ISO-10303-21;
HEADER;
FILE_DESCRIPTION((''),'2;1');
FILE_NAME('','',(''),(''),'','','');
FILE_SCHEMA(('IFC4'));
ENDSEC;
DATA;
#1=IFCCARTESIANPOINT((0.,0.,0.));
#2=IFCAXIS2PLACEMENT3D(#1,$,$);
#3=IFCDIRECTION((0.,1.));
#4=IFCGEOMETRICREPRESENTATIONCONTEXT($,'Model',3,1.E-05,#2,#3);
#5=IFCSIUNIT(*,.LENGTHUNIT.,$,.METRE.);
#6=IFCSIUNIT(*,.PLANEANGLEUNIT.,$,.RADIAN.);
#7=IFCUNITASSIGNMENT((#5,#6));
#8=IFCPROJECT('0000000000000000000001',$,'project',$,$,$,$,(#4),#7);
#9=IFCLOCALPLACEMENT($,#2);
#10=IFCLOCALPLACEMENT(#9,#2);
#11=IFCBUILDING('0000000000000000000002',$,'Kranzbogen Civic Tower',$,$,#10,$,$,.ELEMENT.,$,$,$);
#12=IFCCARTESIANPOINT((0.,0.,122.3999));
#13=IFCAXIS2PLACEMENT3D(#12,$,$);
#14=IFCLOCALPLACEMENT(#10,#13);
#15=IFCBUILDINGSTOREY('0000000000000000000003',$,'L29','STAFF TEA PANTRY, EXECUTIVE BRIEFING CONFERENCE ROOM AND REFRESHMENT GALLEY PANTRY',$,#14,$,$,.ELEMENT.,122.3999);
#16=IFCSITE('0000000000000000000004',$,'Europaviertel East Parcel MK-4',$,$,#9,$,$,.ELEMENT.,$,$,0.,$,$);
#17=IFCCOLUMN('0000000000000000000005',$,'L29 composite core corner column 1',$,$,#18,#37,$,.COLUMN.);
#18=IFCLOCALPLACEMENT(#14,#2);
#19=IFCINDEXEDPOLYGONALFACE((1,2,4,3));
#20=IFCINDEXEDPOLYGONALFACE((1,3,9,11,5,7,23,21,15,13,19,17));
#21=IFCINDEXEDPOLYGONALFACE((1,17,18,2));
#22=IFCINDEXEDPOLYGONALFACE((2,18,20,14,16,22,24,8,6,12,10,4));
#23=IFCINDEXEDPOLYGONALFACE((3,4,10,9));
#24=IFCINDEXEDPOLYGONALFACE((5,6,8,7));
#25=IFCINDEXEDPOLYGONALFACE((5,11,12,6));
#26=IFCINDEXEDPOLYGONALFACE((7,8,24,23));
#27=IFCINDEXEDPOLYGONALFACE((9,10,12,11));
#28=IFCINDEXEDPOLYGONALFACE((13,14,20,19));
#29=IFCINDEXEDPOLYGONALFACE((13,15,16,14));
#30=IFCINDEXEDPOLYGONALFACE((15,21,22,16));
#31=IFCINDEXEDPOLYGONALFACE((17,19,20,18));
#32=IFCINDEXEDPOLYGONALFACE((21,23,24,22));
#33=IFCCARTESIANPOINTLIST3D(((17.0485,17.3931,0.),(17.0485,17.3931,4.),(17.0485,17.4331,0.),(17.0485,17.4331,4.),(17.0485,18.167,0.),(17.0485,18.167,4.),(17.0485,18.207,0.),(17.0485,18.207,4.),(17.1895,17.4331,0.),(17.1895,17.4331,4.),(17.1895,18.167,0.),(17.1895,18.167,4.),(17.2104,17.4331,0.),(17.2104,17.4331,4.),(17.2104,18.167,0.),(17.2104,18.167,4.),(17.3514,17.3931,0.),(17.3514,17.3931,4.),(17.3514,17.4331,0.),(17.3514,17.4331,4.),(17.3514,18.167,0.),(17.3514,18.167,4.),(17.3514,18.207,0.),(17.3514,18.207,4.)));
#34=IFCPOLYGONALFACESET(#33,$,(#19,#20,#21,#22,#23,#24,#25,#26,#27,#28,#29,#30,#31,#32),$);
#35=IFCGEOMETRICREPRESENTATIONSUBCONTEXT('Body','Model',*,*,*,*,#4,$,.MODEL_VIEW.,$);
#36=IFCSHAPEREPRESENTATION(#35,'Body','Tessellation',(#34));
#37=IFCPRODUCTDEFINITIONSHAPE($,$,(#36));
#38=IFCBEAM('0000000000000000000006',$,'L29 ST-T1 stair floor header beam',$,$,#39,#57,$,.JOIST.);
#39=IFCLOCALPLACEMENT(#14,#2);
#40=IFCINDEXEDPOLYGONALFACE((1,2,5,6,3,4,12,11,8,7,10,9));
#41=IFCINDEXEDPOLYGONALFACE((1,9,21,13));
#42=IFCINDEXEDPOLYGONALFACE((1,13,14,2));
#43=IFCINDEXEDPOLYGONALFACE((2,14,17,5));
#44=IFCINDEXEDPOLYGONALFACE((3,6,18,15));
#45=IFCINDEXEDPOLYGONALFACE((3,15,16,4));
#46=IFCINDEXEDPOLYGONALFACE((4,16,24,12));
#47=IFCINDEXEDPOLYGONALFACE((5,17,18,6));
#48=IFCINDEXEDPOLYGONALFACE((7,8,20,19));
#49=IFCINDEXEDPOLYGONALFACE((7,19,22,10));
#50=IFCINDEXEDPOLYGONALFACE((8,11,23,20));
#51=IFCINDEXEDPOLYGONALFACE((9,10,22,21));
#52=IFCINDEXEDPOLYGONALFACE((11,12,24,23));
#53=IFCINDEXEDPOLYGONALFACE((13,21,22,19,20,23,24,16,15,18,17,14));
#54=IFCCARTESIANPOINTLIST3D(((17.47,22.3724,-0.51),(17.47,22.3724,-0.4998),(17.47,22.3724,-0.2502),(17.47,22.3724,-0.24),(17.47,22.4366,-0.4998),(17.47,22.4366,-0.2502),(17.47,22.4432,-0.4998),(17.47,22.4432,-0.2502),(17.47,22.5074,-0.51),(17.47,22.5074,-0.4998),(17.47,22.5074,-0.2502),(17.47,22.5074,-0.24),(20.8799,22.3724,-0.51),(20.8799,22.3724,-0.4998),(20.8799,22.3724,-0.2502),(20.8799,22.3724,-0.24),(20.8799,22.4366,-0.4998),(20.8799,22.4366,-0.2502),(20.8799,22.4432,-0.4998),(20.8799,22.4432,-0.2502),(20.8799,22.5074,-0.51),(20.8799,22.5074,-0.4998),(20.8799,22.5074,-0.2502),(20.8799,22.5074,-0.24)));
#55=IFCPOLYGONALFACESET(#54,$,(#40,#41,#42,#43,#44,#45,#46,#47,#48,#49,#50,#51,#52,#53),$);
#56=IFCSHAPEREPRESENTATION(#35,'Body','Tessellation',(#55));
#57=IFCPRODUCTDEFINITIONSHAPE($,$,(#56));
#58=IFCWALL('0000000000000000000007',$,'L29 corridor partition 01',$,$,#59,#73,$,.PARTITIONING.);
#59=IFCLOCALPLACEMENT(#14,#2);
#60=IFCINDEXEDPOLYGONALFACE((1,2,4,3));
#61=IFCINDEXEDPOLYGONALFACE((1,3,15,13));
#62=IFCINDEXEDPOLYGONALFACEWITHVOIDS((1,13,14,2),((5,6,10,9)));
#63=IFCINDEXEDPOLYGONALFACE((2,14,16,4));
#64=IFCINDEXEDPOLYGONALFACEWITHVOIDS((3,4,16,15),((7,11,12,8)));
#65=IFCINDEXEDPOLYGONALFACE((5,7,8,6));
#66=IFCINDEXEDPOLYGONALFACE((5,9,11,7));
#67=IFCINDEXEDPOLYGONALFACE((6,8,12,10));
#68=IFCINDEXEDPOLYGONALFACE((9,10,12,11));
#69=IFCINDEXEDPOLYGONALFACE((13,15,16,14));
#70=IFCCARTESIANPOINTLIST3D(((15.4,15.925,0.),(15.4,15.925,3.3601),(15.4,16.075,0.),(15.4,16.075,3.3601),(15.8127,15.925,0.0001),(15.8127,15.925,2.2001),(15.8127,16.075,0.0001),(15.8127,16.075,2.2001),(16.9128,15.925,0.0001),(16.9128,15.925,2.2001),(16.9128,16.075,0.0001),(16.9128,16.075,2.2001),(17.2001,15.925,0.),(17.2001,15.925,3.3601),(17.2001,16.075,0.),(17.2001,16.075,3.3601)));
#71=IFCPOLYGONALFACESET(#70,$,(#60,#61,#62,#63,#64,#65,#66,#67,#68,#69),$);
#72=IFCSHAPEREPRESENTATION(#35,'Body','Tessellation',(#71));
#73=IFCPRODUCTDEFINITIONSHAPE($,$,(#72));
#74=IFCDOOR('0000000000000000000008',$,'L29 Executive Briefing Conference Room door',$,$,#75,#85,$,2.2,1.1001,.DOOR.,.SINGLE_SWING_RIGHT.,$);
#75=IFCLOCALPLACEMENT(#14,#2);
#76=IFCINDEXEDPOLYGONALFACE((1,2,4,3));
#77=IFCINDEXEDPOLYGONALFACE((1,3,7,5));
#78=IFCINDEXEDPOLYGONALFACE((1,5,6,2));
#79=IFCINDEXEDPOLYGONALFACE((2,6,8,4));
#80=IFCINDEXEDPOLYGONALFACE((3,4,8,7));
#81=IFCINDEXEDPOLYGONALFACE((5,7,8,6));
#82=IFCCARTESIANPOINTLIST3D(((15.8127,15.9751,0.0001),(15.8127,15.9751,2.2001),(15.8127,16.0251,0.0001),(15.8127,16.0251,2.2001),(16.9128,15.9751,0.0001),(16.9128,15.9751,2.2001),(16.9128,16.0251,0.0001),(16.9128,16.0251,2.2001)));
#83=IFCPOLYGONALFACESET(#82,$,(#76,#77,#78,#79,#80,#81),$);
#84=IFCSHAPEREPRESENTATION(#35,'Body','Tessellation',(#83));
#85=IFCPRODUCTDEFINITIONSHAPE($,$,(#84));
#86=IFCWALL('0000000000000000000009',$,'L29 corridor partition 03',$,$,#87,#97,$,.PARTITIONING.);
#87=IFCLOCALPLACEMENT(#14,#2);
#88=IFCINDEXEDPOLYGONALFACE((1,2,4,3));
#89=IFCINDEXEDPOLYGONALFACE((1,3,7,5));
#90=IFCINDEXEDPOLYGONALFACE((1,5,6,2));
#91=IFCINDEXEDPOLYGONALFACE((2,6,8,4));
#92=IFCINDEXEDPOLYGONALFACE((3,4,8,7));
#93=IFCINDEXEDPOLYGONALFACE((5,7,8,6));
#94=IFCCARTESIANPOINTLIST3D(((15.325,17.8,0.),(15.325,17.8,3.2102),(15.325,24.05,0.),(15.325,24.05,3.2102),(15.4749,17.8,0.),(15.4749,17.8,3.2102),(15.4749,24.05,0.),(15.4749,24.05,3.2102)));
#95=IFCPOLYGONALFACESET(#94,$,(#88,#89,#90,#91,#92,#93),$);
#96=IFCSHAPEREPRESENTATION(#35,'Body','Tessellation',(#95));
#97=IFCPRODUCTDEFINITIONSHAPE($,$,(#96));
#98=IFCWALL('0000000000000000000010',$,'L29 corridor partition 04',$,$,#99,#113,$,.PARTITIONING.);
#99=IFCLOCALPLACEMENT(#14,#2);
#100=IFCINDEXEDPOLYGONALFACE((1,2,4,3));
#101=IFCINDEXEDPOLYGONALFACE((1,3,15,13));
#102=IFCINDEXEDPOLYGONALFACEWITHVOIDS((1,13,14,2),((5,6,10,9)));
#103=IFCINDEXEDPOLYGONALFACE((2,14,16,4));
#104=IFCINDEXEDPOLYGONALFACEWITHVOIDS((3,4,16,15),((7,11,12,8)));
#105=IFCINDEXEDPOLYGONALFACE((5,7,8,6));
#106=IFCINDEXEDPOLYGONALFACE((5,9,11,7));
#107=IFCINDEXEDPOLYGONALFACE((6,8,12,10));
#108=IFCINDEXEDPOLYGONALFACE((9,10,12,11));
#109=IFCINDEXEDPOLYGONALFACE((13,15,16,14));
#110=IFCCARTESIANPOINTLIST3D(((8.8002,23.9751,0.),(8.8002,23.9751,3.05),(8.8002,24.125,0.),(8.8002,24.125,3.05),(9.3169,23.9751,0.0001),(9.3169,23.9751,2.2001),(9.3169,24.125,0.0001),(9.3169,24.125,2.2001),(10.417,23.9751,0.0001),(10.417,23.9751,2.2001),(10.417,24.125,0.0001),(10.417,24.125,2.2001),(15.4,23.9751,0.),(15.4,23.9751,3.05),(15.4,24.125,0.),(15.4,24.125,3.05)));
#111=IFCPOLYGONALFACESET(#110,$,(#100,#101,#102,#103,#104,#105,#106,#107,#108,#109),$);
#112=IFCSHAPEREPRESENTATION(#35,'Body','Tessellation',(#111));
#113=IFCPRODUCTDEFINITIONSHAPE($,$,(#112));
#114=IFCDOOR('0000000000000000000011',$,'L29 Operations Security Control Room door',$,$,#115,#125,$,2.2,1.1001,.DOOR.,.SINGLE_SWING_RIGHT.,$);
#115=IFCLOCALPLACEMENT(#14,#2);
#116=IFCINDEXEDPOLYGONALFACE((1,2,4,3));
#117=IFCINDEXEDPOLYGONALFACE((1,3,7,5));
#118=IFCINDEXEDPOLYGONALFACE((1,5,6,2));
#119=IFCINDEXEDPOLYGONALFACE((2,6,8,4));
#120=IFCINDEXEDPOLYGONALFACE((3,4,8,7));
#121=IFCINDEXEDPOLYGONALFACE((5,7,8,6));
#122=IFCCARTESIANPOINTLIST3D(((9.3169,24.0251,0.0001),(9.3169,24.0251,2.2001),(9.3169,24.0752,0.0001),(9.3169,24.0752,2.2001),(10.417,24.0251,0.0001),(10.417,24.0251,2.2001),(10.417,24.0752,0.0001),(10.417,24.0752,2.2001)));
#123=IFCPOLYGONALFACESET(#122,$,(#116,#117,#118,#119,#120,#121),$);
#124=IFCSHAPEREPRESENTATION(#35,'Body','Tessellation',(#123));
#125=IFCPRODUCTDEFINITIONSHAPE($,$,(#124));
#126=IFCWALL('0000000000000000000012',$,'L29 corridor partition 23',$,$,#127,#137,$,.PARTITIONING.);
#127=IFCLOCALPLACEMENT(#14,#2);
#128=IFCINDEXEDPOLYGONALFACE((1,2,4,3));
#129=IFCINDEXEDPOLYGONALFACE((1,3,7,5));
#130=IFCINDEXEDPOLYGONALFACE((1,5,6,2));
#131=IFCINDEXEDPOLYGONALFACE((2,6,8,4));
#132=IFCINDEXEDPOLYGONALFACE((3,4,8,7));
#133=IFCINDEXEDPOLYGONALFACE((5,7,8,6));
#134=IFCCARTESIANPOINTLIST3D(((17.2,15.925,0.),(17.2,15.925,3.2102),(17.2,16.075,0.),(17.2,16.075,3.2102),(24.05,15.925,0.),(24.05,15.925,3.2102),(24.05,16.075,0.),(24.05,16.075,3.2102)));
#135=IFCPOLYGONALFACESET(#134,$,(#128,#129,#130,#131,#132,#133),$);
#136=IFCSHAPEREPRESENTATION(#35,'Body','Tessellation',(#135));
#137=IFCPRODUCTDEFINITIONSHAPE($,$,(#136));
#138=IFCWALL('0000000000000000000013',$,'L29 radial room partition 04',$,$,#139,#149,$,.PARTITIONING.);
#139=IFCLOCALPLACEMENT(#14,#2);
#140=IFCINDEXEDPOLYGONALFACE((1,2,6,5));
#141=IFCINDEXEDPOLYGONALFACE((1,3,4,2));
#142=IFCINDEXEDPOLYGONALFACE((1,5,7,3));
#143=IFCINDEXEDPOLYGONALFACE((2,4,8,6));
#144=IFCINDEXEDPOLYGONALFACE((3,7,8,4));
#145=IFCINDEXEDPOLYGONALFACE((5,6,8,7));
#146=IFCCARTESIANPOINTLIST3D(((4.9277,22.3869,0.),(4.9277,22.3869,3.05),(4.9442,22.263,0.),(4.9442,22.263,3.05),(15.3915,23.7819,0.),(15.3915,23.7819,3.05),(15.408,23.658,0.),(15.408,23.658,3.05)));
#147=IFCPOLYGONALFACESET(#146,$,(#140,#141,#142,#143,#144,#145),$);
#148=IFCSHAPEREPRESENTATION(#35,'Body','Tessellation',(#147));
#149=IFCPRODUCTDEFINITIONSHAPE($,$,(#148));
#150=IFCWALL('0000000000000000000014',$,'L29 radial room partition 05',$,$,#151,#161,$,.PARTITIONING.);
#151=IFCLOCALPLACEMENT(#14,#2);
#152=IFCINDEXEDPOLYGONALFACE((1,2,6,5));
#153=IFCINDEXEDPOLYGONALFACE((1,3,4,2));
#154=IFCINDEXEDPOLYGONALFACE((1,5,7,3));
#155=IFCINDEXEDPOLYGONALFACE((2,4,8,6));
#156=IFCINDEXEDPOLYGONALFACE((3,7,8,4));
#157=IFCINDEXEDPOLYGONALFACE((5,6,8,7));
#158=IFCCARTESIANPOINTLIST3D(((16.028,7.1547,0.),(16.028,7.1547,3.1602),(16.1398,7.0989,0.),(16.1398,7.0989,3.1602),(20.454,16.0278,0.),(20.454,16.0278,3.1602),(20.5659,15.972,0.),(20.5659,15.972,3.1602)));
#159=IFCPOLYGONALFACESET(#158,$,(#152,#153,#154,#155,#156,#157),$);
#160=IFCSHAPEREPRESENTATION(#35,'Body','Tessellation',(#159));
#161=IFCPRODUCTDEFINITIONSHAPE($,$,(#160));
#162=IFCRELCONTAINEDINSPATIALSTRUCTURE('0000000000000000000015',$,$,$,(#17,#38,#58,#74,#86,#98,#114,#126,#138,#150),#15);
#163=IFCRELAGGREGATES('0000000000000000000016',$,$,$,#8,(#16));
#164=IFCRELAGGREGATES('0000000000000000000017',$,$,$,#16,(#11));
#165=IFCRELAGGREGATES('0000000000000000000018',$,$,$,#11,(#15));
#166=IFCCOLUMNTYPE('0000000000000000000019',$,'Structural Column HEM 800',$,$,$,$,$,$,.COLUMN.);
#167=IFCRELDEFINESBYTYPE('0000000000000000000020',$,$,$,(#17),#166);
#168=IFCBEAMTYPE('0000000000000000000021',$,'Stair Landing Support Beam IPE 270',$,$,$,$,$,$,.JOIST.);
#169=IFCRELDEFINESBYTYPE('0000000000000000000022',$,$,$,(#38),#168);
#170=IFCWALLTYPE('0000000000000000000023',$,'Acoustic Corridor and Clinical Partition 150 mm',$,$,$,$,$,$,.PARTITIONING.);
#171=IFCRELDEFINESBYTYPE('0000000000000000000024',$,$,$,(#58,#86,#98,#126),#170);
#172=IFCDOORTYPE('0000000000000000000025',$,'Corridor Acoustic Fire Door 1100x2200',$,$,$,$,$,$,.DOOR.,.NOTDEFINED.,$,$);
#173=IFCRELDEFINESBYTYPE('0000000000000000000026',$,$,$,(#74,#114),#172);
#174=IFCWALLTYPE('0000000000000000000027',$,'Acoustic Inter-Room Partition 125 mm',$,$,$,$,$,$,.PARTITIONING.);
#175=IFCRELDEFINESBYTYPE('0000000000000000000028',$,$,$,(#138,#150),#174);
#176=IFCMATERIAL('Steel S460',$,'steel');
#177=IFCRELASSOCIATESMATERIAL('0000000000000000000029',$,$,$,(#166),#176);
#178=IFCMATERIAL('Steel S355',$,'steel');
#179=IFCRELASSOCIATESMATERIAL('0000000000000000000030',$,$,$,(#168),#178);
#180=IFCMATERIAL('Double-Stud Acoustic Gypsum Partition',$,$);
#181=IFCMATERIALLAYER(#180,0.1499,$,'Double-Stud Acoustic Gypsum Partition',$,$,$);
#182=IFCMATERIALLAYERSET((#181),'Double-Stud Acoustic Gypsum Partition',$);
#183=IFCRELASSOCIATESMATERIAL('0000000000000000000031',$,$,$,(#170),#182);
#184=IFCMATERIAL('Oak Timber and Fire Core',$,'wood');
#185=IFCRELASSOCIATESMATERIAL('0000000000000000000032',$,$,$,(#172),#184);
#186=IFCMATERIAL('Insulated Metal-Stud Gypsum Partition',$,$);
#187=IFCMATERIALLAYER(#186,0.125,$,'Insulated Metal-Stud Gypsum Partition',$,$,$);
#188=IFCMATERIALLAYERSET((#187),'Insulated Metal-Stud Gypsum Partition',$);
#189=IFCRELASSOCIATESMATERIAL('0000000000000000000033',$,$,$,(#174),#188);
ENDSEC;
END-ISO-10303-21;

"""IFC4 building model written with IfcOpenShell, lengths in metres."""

from ifc_helpers import new_model, si_unit, direction, frame, frame_2d, origin, origin_2d, place, context, subcontext, project, spatial, rectangle, i_section, extrude, material, layer, layer_set, material_profile, profile_set, type_object, element, fill, save


model = new_model("IFC4")

# Units and contexts
model_context = context("Model", 3, precision=1e-05, world=origin(), true_north=direction((0.0, 1.0)))
body_context = subcontext(model_context, "Body", "Model", "MODEL_VIEW")
ifc_project = project(units=[si_unit("LENGTHUNIT", "METRE"), si_unit("PLANEANGLEUNIT", "RADIAN")], contexts=[model_context])

# Site, building, storey
site_placement = place(None, origin())
site = spatial("IfcSite", under=ifc_project, at=site_placement, Name="Europaviertel East Parcel MK-4", CompositionType="ELEMENT", RefElevation=0.0)
building_placement = place(site_placement, origin())
building = spatial("IfcBuilding", under=site, at=building_placement, Name="Kranzbogen Civic Tower", CompositionType="ELEMENT")
storey_placement = place(building_placement, frame((0.0, 0.0, 122.3999)))
storey = spatial("IfcBuildingStorey", under=building, at=storey_placement, Name="L29", Description="STAFF TEA PANTRY, EXECUTIVE BRIEFING CONFERENCE ROOM AND REFRESHMENT GALLEY PANTRY", CompositionType="ELEMENT", Elevation=122.3999)

# Column
ifc_material_1 = material(Name="Steel S460", Category="steel")
ifc_material_profile_1 = material_profile(ifc_material_1, i_section(OverallWidth=0.303, OverallDepth=0.814, WebThickness=0.021, FlangeThickness=0.04, at=origin_2d()), Name="HEM 800")
ifc_profile_set_1 = profile_set([ifc_material_profile_1], Name="Steel S460")
column_type = type_object("IfcColumnType", Name="Structural Column HEM 800", PredefinedType="COLUMN", material=ifc_profile_set_1)
column_placement = place(storey_placement, frame((17.2, 17.8, 0.0), z_axis=(0.0, 0.0, 1.0), x_axis=(1.0, 0.0, 0.0)))
element("IfcColumn", 1, at=column_placement, inside=storey, type_object=column_type, Name="L29 composite core corner column 1", PredefinedType="COLUMN", context=body_context, shape_type="SweptSolid", body=[
    extrude(i_section(OverallWidth=0.303, OverallDepth=0.814, WebThickness=0.021, FlangeThickness=0.04, at=origin_2d()), origin(), (0.0, 0.0, 1.0), 4.0),
])

# Beam
ifc_material_2 = material(Name="Steel S355", Category="steel")
ifc_material_profile_2 = material_profile(ifc_material_2, i_section(OverallWidth=0.135, OverallDepth=0.27, WebThickness=0.0066, FlangeThickness=0.0103, at=origin_2d()), Name="IPE 270")
ifc_profile_set_2 = profile_set([ifc_material_profile_2], Name="Steel S355")
beam_type = type_object("IfcBeamType", Name="Stair Landing Support Beam IPE 270", PredefinedType="JOIST", material=ifc_profile_set_2)
beam_placement = place(storey_placement, frame((20.8799, 22.4399, -0.375), z_axis=(-1.0, 0.0, 0.0), x_axis=(0.0, -1.0, 0.0)))
element("IfcBeam", 2, at=beam_placement, inside=storey, type_object=beam_type, Name="L29 ST-T1 stair floor header beam", PredefinedType="JOIST", context=body_context, shape_type="SweptSolid", body=[
    extrude(i_section(OverallWidth=0.135, OverallDepth=0.27, WebThickness=0.0066, FlangeThickness=0.0103, at=origin_2d()), origin(), (0.0, 0.0, 1.0), 3.4099),
])

# Wall, opening, door
ifc_material_3 = material(Name="Double-Stud Acoustic Gypsum Partition")
ifc_layer_1 = layer(ifc_material_3, 0.1499, Name="Double-Stud Acoustic Gypsum Partition")
ifc_layer_set_1 = layer_set([ifc_layer_1], Name="Double-Stud Acoustic Gypsum Partition")
wall_type_1 = type_object("IfcWallType", Name="Acoustic Corridor and Clinical Partition 150 mm", PredefinedType="PARTITIONING", material=ifc_layer_set_1)
wall_1_placement = place(storey_placement, frame((17.2, 16.0, 0.0), z_axis=(0.0, 0.0, 1.0), x_axis=(-1.0, 0.0, 0.0)))
wall_1 = element("IfcWall", 3, at=wall_1_placement, inside=storey, type_object=wall_type_1, Name="L29 corridor partition 01", PredefinedType="PARTITIONING", context=body_context, shape_type="SweptSolid", body=[
    extrude(rectangle(XDim=1.8, YDim=0.1499, at=frame_2d((0.8999, 0.0))), origin(), (0.0, 0.0, 1.0), 3.3601),
])
opening_1_placement = place(wall_1_placement, frame((0.2871, 0.0, 0.0)))
opening_1 = element("IfcOpeningElement", 4, at=opening_1_placement, cuts=wall_1, PredefinedType="OPENING", context=body_context, shape_type="SweptSolid", body=[
    extrude(rectangle(XDim=1.1001, YDim=2.2, at=frame_2d((0.55, 1.1001))), frame((0.0, 0.085, 0.0), z_axis=(0.0, -1.0, 0.0), x_axis=(1.0, 0.0, 0.0)), (0.0, 0.0, 1.0), 0.1699),
])
ifc_material_4 = material(Name="Oak Timber and Fire Core", Category="wood")
door_type_1 = type_object("IfcDoorType", Name="Corridor Acoustic Fire Door 1100x2200", OperationType="NOTDEFINED", PredefinedType="DOOR", material=ifc_material_4)
door_1_placement = place(opening_1_placement, origin())
door_1 = element("IfcDoor", 5, at=door_1_placement, inside=storey, type_object=door_type_1, Name="L29 Executive Briefing Conference Room door", OperationType="SINGLE_SWING_RIGHT", OverallHeight=2.2, OverallWidth=1.1001, PredefinedType="DOOR", context=body_context, shape_type="SweptSolid", body=[
    extrude(rectangle(XDim=1.1001, YDim=2.2, at=frame_2d((0.55, 1.1001))), frame((0.0, 0.0249, 0.0), z_axis=(0.0, -1.0, 0.0), x_axis=(1.0, 0.0, 0.0)), (0.0, 0.0, 1.0), 0.05),
])
fill(opening_1, door_1)

# Wall
wall_2_placement = place(storey_placement, frame((15.3999, 17.8, 0.0), z_axis=(0.0, 0.0, 1.0), x_axis=(0.0, 1.0, 0.0)))
element("IfcWall", 6, at=wall_2_placement, inside=storey, type_object=wall_type_1, Name="L29 corridor partition 03", PredefinedType="PARTITIONING", context=body_context, shape_type="SweptSolid", body=[
    extrude(rectangle(XDim=6.25, YDim=0.1499, at=frame_2d((3.125, 0.0))), origin(), (0.0, 0.0, 1.0), 3.2102),
])

# Wall, opening, door
wall_3_placement = place(storey_placement, frame((15.3999, 24.05, 0.0), z_axis=(0.0, 0.0, 1.0), x_axis=(-1.0, 0.0, 0.0)))
wall_3 = element("IfcWall", 7, at=wall_3_placement, inside=storey, type_object=wall_type_1, Name="L29 corridor partition 04", PredefinedType="PARTITIONING", context=body_context, shape_type="SweptSolid", body=[
    extrude(rectangle(XDim=6.5999, YDim=0.1499, at=frame_2d((3.2998, 0.0))), origin(), (0.0, 0.0, 1.0), 3.05),
])
opening_2_placement = place(wall_3_placement, frame((4.9829, 0.0, 0.0)))
opening_2 = element("IfcOpeningElement", 8, at=opening_2_placement, cuts=wall_3, PredefinedType="OPENING", context=body_context, shape_type="SweptSolid", body=[
    extrude(rectangle(XDim=1.1001, YDim=2.2, at=frame_2d((0.55, 1.1001))), frame((0.0, 0.085, 0.0), z_axis=(0.0, -1.0, 0.0), x_axis=(1.0, 0.0, 0.0)), (0.0, 0.0, 1.0), 0.1699),
])
door_2_placement = place(opening_2_placement, origin())
door_2 = element("IfcDoor", 9, at=door_2_placement, inside=storey, type_object=door_type_1, Name="L29 Operations Security Control Room door", OperationType="SINGLE_SWING_RIGHT", OverallHeight=2.2, OverallWidth=1.1001, PredefinedType="DOOR", context=body_context, shape_type="SweptSolid", body=[
    extrude(rectangle(XDim=1.1001, YDim=2.2, at=frame_2d((0.55, 1.1001))), frame((0.0, 0.0249, 0.0), z_axis=(0.0, -1.0, 0.0), x_axis=(1.0, 0.0, 0.0)), (0.0, 0.0, 1.0), 0.05),
])
fill(opening_2, door_2)

# Walls
wall_4_placement = place(storey_placement, frame((24.05, 16.0, 0.0), z_axis=(0.0, 0.0, 1.0), x_axis=(-1.0, 0.0, 0.0)))
element("IfcWall", 10, at=wall_4_placement, inside=storey, type_object=wall_type_1, Name="L29 corridor partition 23", PredefinedType="PARTITIONING", context=body_context, shape_type="SweptSolid", body=[
    extrude(rectangle(XDim=6.8501, YDim=0.1499, at=frame_2d((3.425, 0.0))), origin(), (0.0, 0.0, 1.0), 3.2102),
])
ifc_material_5 = material(Name="Insulated Metal-Stud Gypsum Partition")
ifc_layer_2 = layer(ifc_material_5, 0.125, Name="Insulated Metal-Stud Gypsum Partition")
ifc_layer_set_2 = layer_set([ifc_layer_2], Name="Insulated Metal-Stud Gypsum Partition")
wall_type_2 = type_object("IfcWallType", Name="Acoustic Inter-Room Partition 125 mm", PredefinedType="PARTITIONING", material=ifc_layer_set_2)
wall_5_placement = place(storey_placement, frame((15.3999, 23.72, 0.0), z_axis=(0.0, 0.0, 1.0), x_axis=(-0.99123, -0.132149, 0.0)))
element("IfcWall", 11, at=wall_5_placement, inside=storey, type_object=wall_type_2, Name="L29 radial room partition 04", PredefinedType="PARTITIONING", context=body_context, shape_type="SweptSolid", body=[
    extrude(rectangle(XDim=10.5564, YDim=0.125, at=frame_2d((5.2783, 0.0))), origin(), (0.0, 0.0, 1.0), 3.05),
])
wall_6_placement = place(storey_placement, frame((20.51, 16.0, 0.0), z_axis=(0.0, 0.0, 1.0), x_axis=(-0.446366, -0.89485, 0.0)))
element("IfcWall", 12, at=wall_6_placement, inside=storey, type_object=wall_type_2, Name="L29 radial room partition 05", PredefinedType="PARTITIONING", context=body_context, shape_type="SweptSolid", body=[
    extrude(rectangle(XDim=9.9158, YDim=0.125, at=frame_2d((4.958, 0.0))), origin(), (0.0, 0.0, 1.0), 3.1602),
])

save(model, "model.ifc")
